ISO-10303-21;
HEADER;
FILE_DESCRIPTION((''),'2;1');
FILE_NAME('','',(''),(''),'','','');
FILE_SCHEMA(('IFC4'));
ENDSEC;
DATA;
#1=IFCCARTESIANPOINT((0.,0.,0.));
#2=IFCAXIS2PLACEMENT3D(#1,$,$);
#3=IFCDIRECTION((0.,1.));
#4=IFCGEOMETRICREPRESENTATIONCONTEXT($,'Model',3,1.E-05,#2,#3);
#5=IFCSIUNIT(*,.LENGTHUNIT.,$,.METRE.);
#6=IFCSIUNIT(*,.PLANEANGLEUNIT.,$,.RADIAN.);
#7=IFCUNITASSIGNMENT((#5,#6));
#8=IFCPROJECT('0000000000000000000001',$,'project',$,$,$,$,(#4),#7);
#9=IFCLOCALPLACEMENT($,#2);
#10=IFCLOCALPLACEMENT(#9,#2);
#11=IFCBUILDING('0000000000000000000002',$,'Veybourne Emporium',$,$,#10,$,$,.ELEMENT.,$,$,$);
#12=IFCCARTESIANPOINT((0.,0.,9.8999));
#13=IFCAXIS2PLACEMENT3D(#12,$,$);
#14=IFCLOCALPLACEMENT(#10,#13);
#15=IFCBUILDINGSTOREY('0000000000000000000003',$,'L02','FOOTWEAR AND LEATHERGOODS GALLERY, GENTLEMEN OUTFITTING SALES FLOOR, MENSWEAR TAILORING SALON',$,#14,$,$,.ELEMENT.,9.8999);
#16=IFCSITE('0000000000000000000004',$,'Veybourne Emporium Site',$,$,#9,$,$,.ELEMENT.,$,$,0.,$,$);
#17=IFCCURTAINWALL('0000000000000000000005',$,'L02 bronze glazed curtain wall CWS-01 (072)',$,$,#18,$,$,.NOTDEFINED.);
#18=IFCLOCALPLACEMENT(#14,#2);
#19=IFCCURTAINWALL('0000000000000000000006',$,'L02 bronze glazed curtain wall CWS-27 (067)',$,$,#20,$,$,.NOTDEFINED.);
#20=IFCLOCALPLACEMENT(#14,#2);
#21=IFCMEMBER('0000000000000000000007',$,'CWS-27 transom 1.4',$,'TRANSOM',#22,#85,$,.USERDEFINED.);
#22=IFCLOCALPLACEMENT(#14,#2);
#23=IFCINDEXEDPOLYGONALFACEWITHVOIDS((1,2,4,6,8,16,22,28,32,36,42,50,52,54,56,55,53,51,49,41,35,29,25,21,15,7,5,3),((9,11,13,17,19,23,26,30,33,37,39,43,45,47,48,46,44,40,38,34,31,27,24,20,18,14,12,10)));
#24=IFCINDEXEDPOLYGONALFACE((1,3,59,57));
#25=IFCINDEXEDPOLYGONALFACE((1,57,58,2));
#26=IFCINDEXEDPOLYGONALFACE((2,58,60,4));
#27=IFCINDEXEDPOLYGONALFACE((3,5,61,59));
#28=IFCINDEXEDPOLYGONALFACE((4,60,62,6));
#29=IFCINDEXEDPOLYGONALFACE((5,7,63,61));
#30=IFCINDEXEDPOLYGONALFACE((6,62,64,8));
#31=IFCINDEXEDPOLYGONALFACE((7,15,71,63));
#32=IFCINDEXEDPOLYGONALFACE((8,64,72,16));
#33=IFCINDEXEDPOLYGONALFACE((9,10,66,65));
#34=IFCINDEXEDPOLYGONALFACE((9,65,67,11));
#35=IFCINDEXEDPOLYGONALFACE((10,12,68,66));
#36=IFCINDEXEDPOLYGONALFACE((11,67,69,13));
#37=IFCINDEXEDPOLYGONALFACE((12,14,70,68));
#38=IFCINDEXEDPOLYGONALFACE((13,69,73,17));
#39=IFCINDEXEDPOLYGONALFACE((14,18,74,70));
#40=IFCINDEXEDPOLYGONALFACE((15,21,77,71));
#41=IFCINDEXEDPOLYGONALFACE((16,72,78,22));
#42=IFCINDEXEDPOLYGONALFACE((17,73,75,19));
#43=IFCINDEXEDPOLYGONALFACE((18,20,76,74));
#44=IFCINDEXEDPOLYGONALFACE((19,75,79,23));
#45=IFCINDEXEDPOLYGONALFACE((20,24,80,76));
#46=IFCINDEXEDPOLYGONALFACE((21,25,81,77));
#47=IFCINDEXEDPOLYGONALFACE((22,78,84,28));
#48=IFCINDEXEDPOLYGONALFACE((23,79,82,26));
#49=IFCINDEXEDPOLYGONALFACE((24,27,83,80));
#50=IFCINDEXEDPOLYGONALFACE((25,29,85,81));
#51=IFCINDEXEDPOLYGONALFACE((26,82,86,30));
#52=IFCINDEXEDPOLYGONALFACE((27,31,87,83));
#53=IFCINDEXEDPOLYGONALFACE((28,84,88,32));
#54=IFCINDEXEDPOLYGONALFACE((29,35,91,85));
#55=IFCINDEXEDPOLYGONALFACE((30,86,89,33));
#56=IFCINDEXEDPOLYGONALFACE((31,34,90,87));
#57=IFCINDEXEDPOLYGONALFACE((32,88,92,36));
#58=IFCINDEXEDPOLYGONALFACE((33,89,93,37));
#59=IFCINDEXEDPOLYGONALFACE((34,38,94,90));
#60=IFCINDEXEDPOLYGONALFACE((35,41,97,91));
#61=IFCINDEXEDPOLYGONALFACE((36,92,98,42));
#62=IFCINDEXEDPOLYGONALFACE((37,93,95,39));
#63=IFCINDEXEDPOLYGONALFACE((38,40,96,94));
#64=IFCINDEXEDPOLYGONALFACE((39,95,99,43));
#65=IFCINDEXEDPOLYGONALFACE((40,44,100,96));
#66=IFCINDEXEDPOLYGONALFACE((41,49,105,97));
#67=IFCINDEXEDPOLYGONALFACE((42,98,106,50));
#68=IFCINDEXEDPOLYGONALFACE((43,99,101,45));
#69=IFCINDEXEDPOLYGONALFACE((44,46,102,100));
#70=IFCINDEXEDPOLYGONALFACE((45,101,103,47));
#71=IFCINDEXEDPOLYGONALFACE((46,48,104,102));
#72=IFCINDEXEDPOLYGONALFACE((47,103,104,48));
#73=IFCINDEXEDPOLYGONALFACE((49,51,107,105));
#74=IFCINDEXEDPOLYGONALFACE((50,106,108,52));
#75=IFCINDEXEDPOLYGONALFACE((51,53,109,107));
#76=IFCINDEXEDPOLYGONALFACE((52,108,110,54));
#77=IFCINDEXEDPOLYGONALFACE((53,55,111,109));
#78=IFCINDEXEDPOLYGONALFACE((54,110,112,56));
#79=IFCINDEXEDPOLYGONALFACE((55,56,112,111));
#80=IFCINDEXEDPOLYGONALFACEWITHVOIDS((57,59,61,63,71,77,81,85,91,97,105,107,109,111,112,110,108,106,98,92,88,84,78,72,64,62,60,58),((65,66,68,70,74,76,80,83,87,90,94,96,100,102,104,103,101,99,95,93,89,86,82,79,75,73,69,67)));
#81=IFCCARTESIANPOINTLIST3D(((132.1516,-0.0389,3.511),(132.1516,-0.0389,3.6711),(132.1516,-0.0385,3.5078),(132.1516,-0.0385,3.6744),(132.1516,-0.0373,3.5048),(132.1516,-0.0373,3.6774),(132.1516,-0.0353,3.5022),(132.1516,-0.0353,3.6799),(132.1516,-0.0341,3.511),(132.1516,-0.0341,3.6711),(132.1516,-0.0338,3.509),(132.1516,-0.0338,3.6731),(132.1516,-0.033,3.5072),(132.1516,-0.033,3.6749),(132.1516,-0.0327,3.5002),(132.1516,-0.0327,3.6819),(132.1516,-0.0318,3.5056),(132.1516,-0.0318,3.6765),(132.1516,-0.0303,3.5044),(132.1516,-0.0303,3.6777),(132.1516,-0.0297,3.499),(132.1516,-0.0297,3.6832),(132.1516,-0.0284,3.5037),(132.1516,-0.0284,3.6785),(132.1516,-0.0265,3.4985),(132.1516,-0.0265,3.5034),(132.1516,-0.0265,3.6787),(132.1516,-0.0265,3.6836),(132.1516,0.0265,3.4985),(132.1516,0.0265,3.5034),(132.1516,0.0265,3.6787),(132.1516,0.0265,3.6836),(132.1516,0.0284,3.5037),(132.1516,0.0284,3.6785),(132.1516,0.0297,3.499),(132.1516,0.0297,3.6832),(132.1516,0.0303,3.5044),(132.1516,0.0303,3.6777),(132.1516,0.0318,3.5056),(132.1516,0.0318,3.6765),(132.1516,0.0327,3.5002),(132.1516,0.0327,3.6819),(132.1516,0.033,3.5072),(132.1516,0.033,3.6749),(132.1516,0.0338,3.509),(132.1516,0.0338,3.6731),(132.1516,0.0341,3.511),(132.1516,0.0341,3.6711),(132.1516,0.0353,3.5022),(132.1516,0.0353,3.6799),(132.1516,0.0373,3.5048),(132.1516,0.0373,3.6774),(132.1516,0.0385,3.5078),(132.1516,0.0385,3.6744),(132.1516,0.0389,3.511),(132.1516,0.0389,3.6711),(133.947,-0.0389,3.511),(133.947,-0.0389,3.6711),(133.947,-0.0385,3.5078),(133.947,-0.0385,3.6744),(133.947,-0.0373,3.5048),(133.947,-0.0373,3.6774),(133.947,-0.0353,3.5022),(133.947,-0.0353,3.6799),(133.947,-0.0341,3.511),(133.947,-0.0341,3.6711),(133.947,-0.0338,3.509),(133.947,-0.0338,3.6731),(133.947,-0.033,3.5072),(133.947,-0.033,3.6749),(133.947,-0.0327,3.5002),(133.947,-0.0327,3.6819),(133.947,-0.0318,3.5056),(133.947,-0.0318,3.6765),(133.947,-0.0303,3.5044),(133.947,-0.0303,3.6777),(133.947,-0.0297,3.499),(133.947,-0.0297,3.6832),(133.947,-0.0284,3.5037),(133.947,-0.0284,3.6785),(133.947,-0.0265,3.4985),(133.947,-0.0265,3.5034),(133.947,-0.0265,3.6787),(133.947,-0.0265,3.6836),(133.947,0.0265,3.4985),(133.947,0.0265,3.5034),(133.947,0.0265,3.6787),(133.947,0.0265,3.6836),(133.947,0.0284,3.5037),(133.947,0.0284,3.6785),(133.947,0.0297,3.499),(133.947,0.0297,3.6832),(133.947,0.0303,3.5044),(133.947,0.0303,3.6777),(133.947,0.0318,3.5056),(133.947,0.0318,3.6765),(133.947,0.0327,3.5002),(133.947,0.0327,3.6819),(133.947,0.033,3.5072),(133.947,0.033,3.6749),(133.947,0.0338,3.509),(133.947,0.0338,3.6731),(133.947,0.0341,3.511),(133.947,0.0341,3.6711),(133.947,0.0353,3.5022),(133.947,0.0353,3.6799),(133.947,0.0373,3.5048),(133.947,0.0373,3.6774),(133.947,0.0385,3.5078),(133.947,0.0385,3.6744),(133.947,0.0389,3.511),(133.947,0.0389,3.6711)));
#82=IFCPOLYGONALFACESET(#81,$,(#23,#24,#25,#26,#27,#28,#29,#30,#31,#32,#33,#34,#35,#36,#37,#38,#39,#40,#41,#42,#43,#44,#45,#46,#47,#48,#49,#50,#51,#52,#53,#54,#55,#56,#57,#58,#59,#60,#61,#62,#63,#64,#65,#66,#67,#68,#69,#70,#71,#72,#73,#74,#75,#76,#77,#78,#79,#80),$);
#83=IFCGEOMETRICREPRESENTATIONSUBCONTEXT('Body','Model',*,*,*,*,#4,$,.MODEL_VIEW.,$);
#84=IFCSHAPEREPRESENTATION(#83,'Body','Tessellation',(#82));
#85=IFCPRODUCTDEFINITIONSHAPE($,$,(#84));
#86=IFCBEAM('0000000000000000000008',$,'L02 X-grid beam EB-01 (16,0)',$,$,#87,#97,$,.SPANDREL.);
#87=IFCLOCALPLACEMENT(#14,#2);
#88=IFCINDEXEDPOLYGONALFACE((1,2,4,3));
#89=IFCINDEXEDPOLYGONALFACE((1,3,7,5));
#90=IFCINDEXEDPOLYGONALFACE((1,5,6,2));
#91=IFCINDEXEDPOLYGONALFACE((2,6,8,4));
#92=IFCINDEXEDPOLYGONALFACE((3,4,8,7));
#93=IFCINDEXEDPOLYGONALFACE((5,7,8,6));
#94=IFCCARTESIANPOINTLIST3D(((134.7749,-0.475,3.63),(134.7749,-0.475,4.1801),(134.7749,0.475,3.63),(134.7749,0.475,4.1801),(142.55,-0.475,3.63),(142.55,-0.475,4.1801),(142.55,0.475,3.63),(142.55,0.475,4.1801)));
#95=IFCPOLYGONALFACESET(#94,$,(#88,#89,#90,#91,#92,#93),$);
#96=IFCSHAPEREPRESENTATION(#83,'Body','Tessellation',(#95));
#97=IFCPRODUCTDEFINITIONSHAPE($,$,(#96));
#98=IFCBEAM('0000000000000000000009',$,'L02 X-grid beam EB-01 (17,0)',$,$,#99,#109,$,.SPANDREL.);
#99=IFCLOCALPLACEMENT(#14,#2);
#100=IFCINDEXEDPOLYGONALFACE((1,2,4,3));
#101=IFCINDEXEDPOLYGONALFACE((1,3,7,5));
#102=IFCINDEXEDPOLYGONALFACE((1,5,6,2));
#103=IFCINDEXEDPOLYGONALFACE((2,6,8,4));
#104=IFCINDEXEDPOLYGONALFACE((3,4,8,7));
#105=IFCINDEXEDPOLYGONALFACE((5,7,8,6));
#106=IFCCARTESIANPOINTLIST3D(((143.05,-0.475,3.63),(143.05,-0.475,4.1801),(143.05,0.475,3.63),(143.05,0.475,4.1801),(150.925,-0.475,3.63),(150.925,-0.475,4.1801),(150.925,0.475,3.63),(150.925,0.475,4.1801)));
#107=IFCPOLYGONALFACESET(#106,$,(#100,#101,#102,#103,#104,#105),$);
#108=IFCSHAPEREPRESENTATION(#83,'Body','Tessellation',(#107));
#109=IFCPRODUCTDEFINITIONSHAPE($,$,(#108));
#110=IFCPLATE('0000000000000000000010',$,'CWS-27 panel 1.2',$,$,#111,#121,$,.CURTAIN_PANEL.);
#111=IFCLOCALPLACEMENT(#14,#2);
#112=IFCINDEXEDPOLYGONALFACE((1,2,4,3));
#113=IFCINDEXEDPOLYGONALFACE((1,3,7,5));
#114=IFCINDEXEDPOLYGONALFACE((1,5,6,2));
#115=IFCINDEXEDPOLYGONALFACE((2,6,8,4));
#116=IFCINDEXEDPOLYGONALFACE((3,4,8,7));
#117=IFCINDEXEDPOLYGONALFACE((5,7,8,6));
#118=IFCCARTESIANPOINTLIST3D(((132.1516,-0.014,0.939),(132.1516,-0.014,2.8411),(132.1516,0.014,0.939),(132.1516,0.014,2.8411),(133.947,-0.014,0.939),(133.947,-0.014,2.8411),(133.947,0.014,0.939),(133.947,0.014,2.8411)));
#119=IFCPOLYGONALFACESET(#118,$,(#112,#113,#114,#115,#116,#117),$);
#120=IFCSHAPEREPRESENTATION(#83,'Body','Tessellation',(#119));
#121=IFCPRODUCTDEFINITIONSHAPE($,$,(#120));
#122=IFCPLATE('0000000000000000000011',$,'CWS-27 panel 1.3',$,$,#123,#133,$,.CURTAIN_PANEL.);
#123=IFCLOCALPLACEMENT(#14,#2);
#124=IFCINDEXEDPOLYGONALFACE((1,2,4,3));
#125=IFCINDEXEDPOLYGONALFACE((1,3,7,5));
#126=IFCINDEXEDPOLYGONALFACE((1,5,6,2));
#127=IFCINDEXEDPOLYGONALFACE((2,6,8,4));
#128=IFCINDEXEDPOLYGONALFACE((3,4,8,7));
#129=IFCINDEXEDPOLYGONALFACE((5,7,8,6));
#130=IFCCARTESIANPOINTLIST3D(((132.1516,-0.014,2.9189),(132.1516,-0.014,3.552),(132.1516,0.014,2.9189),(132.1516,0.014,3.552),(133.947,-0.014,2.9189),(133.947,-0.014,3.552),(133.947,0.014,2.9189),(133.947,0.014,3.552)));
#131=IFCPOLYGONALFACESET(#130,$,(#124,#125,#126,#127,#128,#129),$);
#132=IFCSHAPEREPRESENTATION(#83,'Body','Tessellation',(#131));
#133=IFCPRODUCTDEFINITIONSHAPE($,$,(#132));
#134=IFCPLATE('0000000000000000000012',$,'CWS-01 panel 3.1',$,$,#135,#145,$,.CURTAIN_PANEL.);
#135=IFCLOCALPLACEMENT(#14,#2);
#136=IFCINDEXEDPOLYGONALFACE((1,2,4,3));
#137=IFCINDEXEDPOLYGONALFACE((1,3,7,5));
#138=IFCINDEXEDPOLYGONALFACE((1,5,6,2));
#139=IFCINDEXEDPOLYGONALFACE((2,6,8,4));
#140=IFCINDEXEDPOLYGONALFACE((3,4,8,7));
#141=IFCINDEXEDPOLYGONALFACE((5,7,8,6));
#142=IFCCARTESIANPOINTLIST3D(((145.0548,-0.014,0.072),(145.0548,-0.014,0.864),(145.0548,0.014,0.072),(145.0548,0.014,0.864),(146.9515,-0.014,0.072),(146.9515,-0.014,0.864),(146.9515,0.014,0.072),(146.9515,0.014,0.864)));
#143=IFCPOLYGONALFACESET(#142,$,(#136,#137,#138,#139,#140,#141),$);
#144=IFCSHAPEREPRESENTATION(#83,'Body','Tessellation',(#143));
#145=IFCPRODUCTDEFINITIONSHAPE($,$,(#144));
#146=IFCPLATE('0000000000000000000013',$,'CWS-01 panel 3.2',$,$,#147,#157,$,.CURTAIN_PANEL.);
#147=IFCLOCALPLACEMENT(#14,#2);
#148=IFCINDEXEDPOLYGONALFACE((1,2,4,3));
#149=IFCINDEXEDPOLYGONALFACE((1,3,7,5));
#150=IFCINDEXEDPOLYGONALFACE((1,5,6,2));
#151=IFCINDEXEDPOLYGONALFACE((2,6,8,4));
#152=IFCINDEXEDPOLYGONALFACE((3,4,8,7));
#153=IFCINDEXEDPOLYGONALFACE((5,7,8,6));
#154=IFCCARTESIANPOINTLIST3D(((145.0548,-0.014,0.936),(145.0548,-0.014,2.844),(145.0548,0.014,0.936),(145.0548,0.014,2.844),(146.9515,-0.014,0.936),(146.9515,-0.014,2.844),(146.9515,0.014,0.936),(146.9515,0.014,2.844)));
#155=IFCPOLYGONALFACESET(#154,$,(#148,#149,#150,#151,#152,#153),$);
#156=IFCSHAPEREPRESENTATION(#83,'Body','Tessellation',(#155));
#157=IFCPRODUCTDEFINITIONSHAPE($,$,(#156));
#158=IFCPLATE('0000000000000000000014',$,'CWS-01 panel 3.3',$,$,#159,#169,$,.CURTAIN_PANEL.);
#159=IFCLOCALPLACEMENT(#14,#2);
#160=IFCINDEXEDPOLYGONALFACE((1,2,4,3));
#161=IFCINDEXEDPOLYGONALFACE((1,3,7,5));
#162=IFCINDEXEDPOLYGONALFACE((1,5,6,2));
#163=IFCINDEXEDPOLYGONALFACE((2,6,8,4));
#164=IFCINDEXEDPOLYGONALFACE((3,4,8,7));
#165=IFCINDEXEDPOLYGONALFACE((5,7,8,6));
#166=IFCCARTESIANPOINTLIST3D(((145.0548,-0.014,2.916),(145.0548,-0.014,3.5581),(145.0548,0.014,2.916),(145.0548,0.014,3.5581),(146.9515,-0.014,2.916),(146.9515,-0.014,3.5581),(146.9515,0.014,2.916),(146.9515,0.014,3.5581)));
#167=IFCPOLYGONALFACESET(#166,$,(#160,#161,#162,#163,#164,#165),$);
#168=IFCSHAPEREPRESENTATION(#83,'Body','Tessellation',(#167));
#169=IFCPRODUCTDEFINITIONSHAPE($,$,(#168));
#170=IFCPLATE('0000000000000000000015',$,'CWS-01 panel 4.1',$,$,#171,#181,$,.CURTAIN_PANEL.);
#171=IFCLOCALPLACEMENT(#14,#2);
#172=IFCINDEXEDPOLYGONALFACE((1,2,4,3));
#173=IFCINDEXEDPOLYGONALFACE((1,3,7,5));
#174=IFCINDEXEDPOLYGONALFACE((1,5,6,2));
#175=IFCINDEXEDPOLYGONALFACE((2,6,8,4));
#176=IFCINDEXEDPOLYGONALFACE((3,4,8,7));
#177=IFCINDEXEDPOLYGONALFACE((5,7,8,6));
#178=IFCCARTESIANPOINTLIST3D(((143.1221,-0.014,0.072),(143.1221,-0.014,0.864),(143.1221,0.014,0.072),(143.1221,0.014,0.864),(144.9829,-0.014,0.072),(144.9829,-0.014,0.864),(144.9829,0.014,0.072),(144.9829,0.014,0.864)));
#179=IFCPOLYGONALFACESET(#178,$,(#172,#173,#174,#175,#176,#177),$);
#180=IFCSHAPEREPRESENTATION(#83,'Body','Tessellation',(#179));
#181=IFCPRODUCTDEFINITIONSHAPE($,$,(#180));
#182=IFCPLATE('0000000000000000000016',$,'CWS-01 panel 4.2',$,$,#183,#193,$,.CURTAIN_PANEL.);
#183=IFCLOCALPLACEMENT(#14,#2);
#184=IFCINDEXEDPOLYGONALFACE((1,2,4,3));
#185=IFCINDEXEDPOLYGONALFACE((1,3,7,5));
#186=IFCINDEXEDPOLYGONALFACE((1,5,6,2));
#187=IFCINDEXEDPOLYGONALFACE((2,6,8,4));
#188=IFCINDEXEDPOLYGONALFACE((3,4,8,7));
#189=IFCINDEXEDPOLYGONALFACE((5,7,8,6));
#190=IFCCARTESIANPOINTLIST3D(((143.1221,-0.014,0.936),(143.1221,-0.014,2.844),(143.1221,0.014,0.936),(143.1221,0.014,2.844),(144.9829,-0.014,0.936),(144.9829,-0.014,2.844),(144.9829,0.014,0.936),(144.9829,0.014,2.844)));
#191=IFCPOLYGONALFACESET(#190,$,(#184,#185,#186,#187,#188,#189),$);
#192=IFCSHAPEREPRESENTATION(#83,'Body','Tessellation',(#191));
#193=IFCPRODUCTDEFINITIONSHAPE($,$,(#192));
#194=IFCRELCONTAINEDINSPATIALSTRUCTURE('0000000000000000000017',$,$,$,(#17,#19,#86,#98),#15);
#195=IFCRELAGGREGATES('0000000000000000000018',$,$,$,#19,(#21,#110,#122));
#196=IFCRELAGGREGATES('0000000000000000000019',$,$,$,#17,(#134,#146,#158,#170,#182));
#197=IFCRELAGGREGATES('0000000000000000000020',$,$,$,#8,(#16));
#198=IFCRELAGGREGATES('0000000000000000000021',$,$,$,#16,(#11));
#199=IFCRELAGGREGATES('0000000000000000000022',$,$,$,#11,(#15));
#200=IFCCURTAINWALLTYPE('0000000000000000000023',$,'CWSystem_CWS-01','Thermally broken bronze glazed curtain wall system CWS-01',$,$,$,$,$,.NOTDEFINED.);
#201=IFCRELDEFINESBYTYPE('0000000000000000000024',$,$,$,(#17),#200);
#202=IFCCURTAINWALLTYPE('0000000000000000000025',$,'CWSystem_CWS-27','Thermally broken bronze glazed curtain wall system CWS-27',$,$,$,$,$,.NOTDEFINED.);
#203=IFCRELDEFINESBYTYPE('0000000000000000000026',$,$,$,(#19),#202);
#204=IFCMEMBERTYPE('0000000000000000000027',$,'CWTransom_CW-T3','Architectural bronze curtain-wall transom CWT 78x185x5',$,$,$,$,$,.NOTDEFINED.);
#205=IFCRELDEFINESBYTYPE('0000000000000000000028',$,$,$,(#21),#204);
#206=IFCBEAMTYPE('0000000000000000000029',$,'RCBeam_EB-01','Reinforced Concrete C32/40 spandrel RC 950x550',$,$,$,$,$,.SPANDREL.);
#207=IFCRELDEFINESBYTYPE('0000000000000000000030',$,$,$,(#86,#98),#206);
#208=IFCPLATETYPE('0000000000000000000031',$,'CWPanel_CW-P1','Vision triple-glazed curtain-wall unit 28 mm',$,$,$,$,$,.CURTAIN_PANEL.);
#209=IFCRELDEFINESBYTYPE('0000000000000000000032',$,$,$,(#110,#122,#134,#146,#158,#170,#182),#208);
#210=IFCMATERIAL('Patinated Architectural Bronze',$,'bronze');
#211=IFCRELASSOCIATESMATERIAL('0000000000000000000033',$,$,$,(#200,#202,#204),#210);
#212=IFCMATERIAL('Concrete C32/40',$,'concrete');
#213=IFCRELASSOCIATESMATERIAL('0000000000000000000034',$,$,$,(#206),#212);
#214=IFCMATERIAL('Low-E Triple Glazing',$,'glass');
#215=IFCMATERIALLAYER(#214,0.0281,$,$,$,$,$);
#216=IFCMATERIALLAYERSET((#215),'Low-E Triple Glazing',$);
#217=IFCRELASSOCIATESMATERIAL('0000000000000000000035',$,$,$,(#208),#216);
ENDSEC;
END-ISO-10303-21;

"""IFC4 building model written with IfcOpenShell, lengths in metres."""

from ifc_helpers import new_model, si_unit, direction, frame, origin, origin_2d, place, context, subcontext, project, spatial, rectangle, hollow_rectangle, extrude, material, layer, layer_set, material_profile, profile_set, type_object, element, aggregate, save


model = new_model("IFC4")

# Units and contexts
model_context = context("Model", 3, precision=1e-05, world=origin(), true_north=direction((0.0, 1.0)))
body_context = subcontext(model_context, "Body", "Model", "MODEL_VIEW")
ifc_project = project(units=[si_unit("LENGTHUNIT", "METRE"), si_unit("PLANEANGLEUNIT", "RADIAN")], contexts=[model_context])

# Site, building, storey
site_placement = place(None, origin())
site = spatial("IfcSite", under=ifc_project, at=site_placement, Name="Veybourne Emporium Site", CompositionType="ELEMENT", RefElevation=0.0)
building_placement = place(site_placement, origin())
building = spatial("IfcBuilding", under=site, at=building_placement, Name="Veybourne Emporium", CompositionType="ELEMENT")
storey_placement = place(building_placement, frame((0.0, 0.0, 9.8999)))
storey = spatial("IfcBuildingStorey", under=building, at=storey_placement, Name="L02", Description="FOOTWEAR AND LEATHERGOODS GALLERY, GENTLEMEN OUTFITTING SALES FLOOR, MENSWEAR TAILORING SALON", CompositionType="ELEMENT", Elevation=9.8999)

# Curtain wall
ifc_material_1 = material(Name="Patinated Architectural Bronze", Category="bronze")
curtain_wall_type_1 = type_object("IfcCurtainWallType", Name="CWSystem_CWS-01", Description="Thermally broken bronze glazed curtain wall system CWS-01", PredefinedType="NOTDEFINED", material=ifc_material_1)
curtain_wall_1_placement = place(storey_placement, origin())
curtain_wall_1 = element("IfcCurtainWall", 1, at=curtain_wall_1_placement, inside=storey, type_object=curtain_wall_type_1, Name="L02 bronze glazed curtain wall CWS-01 (072)", PredefinedType="NOTDEFINED")

# Curtain wall
curtain_wall_type_2 = type_object("IfcCurtainWallType", Name="CWSystem_CWS-27", Description="Thermally broken bronze glazed curtain wall system CWS-27", PredefinedType="NOTDEFINED", material=ifc_material_1)
curtain_wall_2_placement = place(storey_placement, origin())
curtain_wall_2 = element("IfcCurtainWall", 2, at=curtain_wall_2_placement, inside=storey, type_object=curtain_wall_type_2, Name="L02 bronze glazed curtain wall CWS-27 (067)", PredefinedType="NOTDEFINED")

# Member
ifc_material_profile_1 = material_profile(ifc_material_1, hollow_rectangle(XDim=0.0779, YDim=0.1851, WallThickness=0.0049, InnerFilletRadius=0.0076, OuterFilletRadius=0.0125, at=origin_2d()), Name="CWT 78x185x5")
ifc_profile_set_1 = profile_set([ifc_material_profile_1], Name="Patinated Architectural Bronze")
member_type_1 = type_object("IfcMemberType", Name="CWTransom_CW-T3", Description="Architectural bronze curtain-wall transom CWT 78x185x5", PredefinedType="NOTDEFINED", material=ifc_profile_set_1)
member_1_placement = place(storey_placement, frame((133.947, 0.0, 3.5911), z_axis=(-1.0, 0.0, 0.0), x_axis=(0.0, -1.0, 0.0)))
member_1 = element("IfcMember", 3, at=member_1_placement, type_object=member_type_1, Name="CWS-27 transom 1.4", ObjectType="TRANSOM", PredefinedType="USERDEFINED", context=body_context, shape_type="SweptSolid", body=[
    extrude(hollow_rectangle(XDim=0.0779, YDim=0.1851, WallThickness=0.0049, InnerFilletRadius=0.0076, OuterFilletRadius=0.0125, at=origin_2d()), origin(), (0.0, 0.0, 1.0), 1.7954),
])

# Beams
ifc_material_2 = material(Name="Concrete C32/40", Category="concrete")
ifc_material_profile_2 = material_profile(ifc_material_2, rectangle(XDim=0.95, YDim=0.55, at=origin_2d()), Name="RC 950x550")
ifc_profile_set_2 = profile_set([ifc_material_profile_2], Name="Concrete C32/40")
beam_type = type_object("IfcBeamType", Name="RCBeam_EB-01", Description="Reinforced Concrete C32/40 spandrel RC 950x550", PredefinedType="SPANDREL", material=ifc_profile_set_2)
beam_1_placement = place(storey_placement, frame((134.7749, 0.0, 3.905), z_axis=(1.0, 0.0, 0.0), x_axis=(0.0, 1.0, 0.0)))
element("IfcBeam", 4, at=beam_1_placement, inside=storey, type_object=beam_type, Name="L02 X-grid beam EB-01 (16,0)", PredefinedType="SPANDREL", context=body_context, shape_type="SweptSolid", body=[
    extrude(rectangle(XDim=0.95, YDim=0.55, at=origin_2d()), origin(), (0.0, 0.0, 1.0), 7.7751),
])
beam_2_placement = place(storey_placement, frame((143.05, 0.0, 3.905), z_axis=(1.0, 0.0, 0.0), x_axis=(0.0, 1.0, 0.0)))
element("IfcBeam", 5, at=beam_2_placement, inside=storey, type_object=beam_type, Name="L02 X-grid beam EB-01 (17,0)", PredefinedType="SPANDREL", context=body_context, shape_type="SweptSolid", body=[
    extrude(rectangle(XDim=0.95, YDim=0.55, at=origin_2d()), origin(), (0.0, 0.0, 1.0), 7.875),
])

# Plates
ifc_material_3 = material(Name="Low-E Triple Glazing", Category="glass")
ifc_layer_1 = layer(ifc_material_3, 0.0281)
ifc_layer_set_1 = layer_set([ifc_layer_1], Name="Low-E Triple Glazing")
plate_type = type_object("IfcPlateType", Name="CWPanel_CW-P1", Description="Vision triple-glazed curtain-wall unit 28 mm", PredefinedType="CURTAIN_PANEL", material=ifc_layer_set_1)
plate_1_placement = place(storey_placement, frame((133.0493, 0.0, 0.939), z_axis=(0.0, 0.0, 1.0), x_axis=(-1.0, 0.0, 0.0)))
plate_1 = element("IfcPlate", 6, at=plate_1_placement, type_object=plate_type, Name="CWS-27 panel 1.2", PredefinedType="CURTAIN_PANEL", context=body_context, shape_type="SweptSolid", body=[
    extrude(rectangle(XDim=1.7954, YDim=0.0281, at=origin_2d()), origin(), (0.0, 0.0, 1.0), 1.9021),
])
plate_2_placement = place(storey_placement, frame((133.0493, 0.0, 2.9189), z_axis=(0.0, 0.0, 1.0), x_axis=(-1.0, 0.0, 0.0)))
plate_2 = element("IfcPlate", 7, at=plate_2_placement, type_object=plate_type, Name="CWS-27 panel 1.3", PredefinedType="CURTAIN_PANEL", context=body_context, shape_type="SweptSolid", body=[
    extrude(rectangle(XDim=1.7954, YDim=0.0281, at=origin_2d()), origin(), (0.0, 0.0, 1.0), 0.6331),
])
aggregate(curtain_wall_2, [member_1, plate_1, plate_2])
plate_3_placement = place(storey_placement, frame((146.0032, 0.0, 0.072), z_axis=(0.0, 0.0, 1.0), x_axis=(-1.0, 0.0, 0.0)))
plate_3 = element("IfcPlate", 8, at=plate_3_placement, type_object=plate_type, Name="CWS-01 panel 3.1", PredefinedType="CURTAIN_PANEL", context=body_context, shape_type="SweptSolid", body=[
    extrude(rectangle(XDim=1.8967, YDim=0.0281, at=origin_2d()), origin(), (0.0, 0.0, 1.0), 0.792),
])
plate_4_placement = place(storey_placement, frame((146.0032, 0.0, 0.936), z_axis=(0.0, 0.0, 1.0), x_axis=(-1.0, 0.0, 0.0)))
plate_4 = element("IfcPlate", 9, at=plate_4_placement, type_object=plate_type, Name="CWS-01 panel 3.2", PredefinedType="CURTAIN_PANEL", context=body_context, shape_type="SweptSolid", body=[
    extrude(rectangle(XDim=1.8967, YDim=0.0281, at=origin_2d()), origin(), (0.0, 0.0, 1.0), 1.908),
])
plate_5_placement = place(storey_placement, frame((146.0032, 0.0, 2.916), z_axis=(0.0, 0.0, 1.0), x_axis=(-1.0, 0.0, 0.0)))
plate_5 = element("IfcPlate", 10, at=plate_5_placement, type_object=plate_type, Name="CWS-01 panel 3.3", PredefinedType="CURTAIN_PANEL", context=body_context, shape_type="SweptSolid", body=[
    extrude(rectangle(XDim=1.8967, YDim=0.0281, at=origin_2d()), origin(), (0.0, 0.0, 1.0), 0.6421),
])
plate_6_placement = place(storey_placement, frame((144.0525, 0.0, 0.072), z_axis=(0.0, 0.0, 1.0), x_axis=(-1.0, 0.0, 0.0)))
plate_6 = element("IfcPlate", 11, at=plate_6_placement, type_object=plate_type, Name="CWS-01 panel 4.1", PredefinedType="CURTAIN_PANEL", context=body_context, shape_type="SweptSolid", body=[
    extrude(rectangle(XDim=1.8608, YDim=0.0281, at=origin_2d()), origin(), (0.0, 0.0, 1.0), 0.792),
])
plate_7_placement = place(storey_placement, frame((144.0525, 0.0, 0.936), z_axis=(0.0, 0.0, 1.0), x_axis=(-1.0, 0.0, 0.0)))
plate_7 = element("IfcPlate", 12, at=plate_7_placement, type_object=plate_type, Name="CWS-01 panel 4.2", PredefinedType="CURTAIN_PANEL", context=body_context, shape_type="SweptSolid", body=[
    extrude(rectangle(XDim=1.8608, YDim=0.0281, at=origin_2d()), origin(), (0.0, 0.0, 1.0), 1.908),
])
aggregate(curtain_wall_1, [plate_3, plate_4, plate_5, plate_6, plate_7])

save(model, "model.ifc")
